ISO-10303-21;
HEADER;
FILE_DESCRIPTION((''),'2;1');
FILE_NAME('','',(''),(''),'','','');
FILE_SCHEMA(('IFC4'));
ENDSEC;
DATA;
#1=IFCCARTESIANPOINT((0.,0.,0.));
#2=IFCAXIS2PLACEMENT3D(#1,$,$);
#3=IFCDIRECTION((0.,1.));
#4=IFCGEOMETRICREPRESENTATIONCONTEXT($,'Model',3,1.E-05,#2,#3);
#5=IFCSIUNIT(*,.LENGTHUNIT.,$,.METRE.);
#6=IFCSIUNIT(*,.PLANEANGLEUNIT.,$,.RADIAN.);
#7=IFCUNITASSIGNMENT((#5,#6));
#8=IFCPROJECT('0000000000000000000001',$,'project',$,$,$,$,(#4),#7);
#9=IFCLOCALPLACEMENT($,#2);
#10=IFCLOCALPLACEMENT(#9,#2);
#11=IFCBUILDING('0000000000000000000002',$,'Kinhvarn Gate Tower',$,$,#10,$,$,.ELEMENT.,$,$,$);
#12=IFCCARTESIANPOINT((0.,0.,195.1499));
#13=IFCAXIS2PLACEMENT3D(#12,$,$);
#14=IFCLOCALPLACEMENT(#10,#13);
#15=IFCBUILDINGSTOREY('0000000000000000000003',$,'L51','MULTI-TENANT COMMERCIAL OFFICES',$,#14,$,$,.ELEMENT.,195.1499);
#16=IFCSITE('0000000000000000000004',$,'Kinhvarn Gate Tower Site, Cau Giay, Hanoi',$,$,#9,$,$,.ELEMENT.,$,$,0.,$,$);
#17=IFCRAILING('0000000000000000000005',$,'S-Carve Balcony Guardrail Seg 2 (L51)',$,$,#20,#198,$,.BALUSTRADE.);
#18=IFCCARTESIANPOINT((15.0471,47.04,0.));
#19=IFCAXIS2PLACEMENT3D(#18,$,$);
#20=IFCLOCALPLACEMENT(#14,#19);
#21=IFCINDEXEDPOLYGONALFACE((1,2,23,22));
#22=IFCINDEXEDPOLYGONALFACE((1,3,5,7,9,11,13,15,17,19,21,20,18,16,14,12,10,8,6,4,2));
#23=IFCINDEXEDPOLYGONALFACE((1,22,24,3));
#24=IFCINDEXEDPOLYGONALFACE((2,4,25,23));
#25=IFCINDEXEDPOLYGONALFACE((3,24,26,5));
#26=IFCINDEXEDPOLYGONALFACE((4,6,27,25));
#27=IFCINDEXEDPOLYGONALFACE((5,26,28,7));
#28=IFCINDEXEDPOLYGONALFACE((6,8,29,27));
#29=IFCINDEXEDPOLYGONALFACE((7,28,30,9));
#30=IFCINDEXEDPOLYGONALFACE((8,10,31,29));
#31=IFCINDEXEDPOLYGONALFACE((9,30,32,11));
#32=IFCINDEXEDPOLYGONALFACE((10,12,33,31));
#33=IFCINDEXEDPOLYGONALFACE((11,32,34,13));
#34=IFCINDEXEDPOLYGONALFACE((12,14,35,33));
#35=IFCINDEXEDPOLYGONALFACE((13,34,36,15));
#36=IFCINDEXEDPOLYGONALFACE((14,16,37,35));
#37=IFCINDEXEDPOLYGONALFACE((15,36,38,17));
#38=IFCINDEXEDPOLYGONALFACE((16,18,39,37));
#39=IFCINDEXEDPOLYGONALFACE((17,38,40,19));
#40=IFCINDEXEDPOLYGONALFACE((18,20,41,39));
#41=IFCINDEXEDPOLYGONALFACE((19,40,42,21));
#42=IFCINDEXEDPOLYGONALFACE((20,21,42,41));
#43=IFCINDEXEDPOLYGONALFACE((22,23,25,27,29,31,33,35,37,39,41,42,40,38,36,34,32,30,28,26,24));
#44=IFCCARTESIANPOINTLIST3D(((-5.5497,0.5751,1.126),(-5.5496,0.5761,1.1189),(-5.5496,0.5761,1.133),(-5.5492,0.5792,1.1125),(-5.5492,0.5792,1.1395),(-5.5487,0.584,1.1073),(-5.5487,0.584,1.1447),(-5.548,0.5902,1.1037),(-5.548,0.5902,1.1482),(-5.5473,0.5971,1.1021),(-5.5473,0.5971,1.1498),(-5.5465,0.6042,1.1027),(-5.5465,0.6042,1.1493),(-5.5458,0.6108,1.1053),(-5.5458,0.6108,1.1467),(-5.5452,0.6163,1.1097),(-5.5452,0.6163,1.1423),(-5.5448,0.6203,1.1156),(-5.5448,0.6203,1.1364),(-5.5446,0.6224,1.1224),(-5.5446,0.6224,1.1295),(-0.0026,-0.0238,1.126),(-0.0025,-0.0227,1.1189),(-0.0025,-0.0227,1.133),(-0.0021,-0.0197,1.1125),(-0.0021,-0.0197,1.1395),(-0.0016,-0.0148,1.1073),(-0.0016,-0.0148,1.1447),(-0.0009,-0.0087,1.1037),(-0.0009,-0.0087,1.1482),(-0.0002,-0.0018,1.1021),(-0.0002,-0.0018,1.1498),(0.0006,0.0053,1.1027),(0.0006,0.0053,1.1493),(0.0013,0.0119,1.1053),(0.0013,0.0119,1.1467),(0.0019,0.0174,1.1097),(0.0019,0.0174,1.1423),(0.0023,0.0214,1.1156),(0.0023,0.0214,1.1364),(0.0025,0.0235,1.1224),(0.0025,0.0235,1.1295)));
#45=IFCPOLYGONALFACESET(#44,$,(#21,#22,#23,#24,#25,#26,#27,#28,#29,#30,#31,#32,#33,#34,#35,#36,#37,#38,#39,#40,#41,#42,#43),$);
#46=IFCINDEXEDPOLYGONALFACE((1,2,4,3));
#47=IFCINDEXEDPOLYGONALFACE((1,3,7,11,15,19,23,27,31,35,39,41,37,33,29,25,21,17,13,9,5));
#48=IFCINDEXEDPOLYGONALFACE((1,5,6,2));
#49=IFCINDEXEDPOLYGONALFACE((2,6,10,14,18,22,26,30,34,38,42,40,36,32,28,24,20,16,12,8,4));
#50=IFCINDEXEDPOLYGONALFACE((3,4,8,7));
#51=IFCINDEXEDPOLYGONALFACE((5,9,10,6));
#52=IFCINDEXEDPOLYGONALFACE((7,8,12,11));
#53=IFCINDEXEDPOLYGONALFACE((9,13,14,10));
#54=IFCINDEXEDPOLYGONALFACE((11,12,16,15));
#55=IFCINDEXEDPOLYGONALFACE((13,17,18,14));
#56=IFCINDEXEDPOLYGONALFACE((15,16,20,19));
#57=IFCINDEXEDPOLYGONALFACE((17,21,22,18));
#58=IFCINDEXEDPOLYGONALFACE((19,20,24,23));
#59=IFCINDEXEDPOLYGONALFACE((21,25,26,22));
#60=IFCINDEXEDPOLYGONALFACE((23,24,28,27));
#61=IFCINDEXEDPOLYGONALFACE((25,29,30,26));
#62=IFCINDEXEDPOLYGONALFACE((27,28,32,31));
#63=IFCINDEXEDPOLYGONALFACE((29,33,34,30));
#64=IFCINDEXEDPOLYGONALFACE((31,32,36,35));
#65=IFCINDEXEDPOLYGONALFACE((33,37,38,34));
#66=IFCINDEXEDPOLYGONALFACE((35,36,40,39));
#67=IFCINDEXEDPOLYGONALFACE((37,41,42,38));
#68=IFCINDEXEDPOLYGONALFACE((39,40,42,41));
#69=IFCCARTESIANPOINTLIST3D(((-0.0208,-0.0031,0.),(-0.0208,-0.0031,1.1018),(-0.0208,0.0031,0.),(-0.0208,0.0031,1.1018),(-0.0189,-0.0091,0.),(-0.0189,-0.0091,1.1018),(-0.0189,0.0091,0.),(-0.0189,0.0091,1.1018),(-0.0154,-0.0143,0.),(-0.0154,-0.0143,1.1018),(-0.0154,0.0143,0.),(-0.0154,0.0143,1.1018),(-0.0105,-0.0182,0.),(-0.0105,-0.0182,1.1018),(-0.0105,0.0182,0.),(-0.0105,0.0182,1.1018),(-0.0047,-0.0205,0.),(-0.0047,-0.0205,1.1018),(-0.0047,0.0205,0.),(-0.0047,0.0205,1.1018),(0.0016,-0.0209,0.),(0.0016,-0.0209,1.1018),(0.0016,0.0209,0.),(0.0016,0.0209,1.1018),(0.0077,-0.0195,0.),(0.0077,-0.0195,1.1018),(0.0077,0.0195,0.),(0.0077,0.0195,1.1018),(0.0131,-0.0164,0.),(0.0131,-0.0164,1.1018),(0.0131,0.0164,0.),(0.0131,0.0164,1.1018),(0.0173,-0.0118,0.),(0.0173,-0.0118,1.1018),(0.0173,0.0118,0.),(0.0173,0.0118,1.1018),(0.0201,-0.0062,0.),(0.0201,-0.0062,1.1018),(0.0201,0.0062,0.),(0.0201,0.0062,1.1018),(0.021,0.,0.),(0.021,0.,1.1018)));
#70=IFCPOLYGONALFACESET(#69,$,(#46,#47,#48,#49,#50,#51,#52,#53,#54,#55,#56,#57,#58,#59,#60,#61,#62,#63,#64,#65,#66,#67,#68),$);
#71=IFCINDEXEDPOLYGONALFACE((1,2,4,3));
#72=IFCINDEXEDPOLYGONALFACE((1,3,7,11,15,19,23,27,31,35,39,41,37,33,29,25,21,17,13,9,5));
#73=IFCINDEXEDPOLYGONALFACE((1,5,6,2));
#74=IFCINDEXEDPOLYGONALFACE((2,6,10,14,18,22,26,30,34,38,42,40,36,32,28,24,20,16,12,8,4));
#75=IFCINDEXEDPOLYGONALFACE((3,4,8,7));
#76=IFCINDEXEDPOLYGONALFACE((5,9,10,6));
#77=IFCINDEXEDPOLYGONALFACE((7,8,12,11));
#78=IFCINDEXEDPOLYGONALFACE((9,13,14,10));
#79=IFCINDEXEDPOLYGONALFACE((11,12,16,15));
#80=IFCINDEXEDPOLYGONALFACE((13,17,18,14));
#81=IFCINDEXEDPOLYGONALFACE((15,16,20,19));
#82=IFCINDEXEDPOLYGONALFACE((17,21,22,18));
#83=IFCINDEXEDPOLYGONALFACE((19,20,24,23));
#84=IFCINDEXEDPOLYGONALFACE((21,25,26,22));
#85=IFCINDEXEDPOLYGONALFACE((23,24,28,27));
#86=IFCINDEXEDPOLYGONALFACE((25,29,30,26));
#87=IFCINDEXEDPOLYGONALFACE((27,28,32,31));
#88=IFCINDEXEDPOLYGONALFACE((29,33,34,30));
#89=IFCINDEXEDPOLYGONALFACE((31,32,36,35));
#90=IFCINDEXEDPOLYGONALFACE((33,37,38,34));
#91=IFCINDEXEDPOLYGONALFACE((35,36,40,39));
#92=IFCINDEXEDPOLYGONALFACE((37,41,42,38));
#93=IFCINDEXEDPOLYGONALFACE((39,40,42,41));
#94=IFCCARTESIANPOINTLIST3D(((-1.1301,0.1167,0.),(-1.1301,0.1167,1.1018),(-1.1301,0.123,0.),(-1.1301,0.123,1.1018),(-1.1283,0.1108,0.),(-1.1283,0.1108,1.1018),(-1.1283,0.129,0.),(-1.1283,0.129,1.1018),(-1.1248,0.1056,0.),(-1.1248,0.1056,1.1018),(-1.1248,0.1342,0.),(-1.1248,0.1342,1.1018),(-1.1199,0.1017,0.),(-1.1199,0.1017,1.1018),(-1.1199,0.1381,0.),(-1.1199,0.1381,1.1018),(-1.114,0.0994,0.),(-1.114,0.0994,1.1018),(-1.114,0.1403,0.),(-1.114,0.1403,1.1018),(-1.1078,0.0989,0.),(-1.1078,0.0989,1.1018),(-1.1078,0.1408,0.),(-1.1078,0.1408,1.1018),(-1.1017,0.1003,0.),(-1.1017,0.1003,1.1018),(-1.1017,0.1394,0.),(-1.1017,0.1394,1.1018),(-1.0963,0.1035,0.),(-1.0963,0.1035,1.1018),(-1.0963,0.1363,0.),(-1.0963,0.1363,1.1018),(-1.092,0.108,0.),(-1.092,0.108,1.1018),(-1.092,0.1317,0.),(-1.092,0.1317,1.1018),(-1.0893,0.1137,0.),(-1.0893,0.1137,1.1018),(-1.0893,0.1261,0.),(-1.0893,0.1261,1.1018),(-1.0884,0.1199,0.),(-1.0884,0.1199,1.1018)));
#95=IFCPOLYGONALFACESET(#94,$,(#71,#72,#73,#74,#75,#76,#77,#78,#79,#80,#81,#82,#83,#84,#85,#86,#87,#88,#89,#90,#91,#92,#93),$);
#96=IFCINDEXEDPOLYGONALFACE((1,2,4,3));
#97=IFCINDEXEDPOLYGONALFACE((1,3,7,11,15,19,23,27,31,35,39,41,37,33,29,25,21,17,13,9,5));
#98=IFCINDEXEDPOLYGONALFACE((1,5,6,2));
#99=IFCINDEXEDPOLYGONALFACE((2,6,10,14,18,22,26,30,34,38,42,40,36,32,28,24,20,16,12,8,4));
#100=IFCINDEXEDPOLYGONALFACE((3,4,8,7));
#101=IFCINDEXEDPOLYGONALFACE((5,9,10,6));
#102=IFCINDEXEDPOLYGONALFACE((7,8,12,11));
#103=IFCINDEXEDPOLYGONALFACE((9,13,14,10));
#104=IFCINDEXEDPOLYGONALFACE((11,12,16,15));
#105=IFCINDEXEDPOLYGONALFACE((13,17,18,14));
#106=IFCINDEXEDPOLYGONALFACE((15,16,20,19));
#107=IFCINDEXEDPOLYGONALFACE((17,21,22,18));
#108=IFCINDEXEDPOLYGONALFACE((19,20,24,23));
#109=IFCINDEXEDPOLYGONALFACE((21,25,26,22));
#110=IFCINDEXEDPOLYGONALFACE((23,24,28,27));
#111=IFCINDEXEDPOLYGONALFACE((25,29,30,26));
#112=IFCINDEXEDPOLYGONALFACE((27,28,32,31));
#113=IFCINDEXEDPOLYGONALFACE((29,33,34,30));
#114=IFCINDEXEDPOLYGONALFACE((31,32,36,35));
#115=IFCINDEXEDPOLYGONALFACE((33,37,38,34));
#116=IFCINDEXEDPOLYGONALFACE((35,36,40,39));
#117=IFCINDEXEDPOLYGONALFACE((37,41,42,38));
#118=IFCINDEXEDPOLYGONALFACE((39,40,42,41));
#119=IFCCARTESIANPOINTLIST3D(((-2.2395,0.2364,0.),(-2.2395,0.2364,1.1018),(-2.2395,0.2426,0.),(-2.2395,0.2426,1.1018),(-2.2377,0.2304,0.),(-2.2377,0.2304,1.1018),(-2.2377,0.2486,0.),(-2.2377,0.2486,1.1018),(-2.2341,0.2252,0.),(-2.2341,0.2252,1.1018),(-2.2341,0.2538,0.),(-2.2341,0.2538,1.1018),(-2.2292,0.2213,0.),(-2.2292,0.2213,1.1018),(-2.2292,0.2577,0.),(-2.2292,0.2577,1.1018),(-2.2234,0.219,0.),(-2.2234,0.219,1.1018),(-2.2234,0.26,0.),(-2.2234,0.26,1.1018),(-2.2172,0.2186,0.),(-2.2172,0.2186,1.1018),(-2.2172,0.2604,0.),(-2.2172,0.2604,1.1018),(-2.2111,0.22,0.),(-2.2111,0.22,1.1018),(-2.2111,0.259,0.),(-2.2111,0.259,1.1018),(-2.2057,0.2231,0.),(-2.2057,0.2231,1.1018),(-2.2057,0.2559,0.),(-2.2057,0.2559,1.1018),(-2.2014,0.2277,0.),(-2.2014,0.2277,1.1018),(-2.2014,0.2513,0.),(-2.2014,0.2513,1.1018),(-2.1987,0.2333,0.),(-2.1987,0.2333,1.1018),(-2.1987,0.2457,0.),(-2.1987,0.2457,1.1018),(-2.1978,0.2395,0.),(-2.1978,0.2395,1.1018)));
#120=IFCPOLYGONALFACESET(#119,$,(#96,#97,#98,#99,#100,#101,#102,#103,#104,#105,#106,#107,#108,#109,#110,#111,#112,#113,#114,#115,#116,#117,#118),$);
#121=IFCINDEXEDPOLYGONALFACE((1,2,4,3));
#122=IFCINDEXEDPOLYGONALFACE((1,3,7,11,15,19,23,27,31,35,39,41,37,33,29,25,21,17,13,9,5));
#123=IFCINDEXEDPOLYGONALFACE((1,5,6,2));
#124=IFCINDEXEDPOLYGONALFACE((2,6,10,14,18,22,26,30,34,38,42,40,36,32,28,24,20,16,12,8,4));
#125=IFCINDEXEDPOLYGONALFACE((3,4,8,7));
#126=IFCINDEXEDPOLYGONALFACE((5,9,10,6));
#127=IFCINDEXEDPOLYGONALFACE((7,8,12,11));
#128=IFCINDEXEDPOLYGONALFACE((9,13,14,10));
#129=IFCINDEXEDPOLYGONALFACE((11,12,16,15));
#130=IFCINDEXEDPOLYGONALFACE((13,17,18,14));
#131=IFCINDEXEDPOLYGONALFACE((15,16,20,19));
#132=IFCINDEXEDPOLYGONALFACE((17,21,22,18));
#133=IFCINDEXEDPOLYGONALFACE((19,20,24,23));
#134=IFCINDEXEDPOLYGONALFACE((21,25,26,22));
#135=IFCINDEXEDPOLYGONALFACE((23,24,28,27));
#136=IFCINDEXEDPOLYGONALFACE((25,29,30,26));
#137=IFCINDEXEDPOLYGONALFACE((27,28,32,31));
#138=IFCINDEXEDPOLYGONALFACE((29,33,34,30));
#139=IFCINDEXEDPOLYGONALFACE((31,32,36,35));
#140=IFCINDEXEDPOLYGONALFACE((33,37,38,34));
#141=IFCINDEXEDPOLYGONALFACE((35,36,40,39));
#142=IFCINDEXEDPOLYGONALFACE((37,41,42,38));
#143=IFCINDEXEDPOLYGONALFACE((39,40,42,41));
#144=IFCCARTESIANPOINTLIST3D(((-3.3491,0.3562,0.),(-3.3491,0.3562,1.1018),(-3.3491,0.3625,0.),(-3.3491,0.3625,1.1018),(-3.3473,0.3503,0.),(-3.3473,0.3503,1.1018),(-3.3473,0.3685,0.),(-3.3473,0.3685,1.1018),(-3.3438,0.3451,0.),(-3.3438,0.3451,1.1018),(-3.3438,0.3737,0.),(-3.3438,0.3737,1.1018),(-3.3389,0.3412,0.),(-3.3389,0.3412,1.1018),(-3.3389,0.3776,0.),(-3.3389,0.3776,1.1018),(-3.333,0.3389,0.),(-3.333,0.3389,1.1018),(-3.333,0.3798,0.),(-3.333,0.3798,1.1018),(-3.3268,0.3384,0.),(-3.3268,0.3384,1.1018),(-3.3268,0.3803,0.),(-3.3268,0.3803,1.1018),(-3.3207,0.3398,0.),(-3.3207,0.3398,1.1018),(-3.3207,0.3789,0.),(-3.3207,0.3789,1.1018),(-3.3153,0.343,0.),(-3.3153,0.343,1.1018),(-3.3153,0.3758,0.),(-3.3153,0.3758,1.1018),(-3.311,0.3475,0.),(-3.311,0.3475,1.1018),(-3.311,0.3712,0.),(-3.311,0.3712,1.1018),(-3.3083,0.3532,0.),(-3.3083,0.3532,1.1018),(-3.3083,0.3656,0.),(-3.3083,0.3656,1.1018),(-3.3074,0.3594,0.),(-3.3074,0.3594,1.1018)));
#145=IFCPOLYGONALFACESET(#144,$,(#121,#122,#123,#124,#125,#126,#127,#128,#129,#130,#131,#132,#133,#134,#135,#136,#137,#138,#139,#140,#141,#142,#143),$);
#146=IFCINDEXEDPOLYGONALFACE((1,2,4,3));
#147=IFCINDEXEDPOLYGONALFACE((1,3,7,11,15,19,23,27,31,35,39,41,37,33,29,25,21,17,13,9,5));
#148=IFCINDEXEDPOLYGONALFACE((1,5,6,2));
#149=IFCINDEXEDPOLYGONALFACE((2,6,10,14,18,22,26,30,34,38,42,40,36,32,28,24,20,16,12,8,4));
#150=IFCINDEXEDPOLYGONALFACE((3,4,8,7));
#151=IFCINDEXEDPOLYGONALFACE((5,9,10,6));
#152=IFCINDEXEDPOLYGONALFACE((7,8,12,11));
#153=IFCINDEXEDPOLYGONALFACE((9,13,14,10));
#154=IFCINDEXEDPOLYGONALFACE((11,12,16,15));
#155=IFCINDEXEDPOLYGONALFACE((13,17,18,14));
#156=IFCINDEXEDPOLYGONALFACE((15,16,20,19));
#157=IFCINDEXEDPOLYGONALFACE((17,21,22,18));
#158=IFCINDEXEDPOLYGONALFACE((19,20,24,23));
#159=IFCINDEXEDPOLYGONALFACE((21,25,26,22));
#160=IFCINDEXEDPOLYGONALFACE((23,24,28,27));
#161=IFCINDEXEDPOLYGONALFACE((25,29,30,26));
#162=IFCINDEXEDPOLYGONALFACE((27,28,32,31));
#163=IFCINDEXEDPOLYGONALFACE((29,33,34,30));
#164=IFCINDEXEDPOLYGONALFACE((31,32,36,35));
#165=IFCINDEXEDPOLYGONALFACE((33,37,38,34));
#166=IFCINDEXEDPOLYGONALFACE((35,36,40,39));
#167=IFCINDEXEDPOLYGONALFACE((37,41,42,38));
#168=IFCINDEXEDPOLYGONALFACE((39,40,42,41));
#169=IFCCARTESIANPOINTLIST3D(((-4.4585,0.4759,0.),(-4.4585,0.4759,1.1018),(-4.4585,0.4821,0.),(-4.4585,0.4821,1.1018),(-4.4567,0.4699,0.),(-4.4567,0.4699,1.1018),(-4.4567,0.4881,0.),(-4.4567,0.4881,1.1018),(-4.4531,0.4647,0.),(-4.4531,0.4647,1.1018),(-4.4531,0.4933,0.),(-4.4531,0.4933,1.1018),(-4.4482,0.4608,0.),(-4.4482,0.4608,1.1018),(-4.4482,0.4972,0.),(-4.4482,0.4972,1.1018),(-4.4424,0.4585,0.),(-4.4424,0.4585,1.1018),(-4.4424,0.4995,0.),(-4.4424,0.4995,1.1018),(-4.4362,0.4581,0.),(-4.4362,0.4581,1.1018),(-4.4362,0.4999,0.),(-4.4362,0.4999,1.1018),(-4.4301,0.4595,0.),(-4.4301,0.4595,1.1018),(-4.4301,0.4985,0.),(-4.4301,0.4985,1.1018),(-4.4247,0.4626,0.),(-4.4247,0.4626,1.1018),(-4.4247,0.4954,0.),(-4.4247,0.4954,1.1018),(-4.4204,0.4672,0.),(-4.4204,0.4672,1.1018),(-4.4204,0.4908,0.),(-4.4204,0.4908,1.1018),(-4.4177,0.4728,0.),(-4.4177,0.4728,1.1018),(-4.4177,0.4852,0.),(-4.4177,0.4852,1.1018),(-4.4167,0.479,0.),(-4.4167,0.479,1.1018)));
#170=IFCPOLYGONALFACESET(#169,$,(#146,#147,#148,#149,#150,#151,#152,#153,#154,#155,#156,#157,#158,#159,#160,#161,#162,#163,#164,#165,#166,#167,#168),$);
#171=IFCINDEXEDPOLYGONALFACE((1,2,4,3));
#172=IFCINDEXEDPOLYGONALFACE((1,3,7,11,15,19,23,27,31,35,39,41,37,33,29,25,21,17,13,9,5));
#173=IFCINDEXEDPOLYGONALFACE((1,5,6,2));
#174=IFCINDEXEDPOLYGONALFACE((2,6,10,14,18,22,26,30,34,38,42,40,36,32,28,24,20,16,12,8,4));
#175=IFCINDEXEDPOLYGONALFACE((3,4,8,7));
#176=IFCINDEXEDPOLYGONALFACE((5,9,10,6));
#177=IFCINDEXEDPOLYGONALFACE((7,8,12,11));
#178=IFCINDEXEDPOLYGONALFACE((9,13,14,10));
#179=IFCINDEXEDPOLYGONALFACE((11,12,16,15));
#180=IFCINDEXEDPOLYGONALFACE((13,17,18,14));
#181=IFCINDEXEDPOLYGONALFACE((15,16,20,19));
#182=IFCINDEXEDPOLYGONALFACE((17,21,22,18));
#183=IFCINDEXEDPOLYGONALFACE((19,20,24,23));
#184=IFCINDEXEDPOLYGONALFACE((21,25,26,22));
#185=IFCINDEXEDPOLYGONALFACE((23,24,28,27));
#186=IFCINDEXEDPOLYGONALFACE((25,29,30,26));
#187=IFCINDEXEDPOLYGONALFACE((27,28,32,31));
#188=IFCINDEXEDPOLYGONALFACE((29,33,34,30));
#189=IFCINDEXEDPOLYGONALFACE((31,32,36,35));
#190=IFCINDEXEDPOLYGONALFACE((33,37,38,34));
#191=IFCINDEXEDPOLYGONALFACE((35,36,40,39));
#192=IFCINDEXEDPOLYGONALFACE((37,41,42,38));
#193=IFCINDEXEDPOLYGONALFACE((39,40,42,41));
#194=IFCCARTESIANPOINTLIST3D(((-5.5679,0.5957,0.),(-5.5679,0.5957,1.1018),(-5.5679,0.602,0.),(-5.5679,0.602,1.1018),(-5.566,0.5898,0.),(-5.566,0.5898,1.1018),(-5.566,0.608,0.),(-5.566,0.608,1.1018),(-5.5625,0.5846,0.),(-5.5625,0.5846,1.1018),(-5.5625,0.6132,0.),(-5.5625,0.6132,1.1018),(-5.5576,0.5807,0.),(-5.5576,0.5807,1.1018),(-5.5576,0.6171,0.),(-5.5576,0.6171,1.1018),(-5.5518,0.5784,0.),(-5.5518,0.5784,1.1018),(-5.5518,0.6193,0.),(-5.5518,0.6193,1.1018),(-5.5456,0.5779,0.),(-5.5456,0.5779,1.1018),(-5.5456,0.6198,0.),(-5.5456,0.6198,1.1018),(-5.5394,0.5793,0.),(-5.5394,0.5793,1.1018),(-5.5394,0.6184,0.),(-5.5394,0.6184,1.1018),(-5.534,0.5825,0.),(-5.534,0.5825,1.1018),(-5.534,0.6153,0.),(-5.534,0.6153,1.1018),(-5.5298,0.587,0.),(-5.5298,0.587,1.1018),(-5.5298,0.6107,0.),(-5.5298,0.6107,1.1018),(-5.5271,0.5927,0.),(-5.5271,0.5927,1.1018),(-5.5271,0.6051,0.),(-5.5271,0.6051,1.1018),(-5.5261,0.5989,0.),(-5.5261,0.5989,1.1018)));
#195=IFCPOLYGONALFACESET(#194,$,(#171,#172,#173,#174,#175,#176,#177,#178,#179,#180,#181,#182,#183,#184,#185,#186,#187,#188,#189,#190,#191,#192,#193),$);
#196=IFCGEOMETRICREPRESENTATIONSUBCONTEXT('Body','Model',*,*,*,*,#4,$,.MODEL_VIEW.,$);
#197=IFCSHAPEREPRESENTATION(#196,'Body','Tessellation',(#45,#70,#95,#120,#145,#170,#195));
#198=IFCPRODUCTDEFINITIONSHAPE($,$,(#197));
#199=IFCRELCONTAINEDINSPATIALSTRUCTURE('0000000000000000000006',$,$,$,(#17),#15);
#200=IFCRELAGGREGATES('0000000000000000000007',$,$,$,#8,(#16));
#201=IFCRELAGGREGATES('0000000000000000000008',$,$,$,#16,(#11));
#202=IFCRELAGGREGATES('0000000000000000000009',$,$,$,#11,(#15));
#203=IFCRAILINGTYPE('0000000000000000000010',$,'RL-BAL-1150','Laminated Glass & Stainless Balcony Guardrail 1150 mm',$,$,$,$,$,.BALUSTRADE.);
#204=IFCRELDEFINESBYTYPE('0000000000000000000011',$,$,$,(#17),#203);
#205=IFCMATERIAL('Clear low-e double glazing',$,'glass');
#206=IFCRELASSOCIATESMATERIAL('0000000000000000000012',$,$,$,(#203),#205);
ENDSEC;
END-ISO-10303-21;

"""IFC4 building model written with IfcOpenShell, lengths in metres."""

from ifc_helpers import new_model, si_unit, direction, frame, origin, origin_2d, place, context, subcontext, project, spatial, circle, extrude, material, type_object, element, save


model = new_model("IFC4")

# Units and contexts
model_context = context("Model", 3, precision=1e-05, world=origin(), true_north=direction((0.0, 1.0)))
body_context = subcontext(model_context, "Body", "Model", "MODEL_VIEW")
ifc_project = project(units=[si_unit("LENGTHUNIT", "METRE"), si_unit("PLANEANGLEUNIT", "RADIAN")], contexts=[model_context])

# Site, building, storey
site_placement = place(None, origin())
site = spatial("IfcSite", under=ifc_project, at=site_placement, Name="Kinhvarn Gate Tower Site, Cau Giay, Hanoi", CompositionType="ELEMENT", RefElevation=0.0)
building_placement = place(site_placement, origin())
building = spatial("IfcBuilding", under=site, at=building_placement, Name="Kinhvarn Gate Tower", CompositionType="ELEMENT")
storey_placement = place(building_placement, frame((0.0, 0.0, 195.1499)))
storey = spatial("IfcBuildingStorey", under=building, at=storey_placement, Name="L51", Description="MULTI-TENANT COMMERCIAL OFFICES", CompositionType="ELEMENT", Elevation=195.1499)

# Shared definitions
ifc_material_1 = material(Name="Clear low-e double glazing", Category="glass")

# Railing
railing_type_1 = type_object("IfcRailingType", Name="RL-BAL-1150", Description="Laminated Glass & Stainless Balcony Guardrail 1150 mm", PredefinedType="BALUSTRADE", material=ifc_material_1)
railing_1_placement = place(storey_placement, frame((15.0471, 47.04, 0.0)))
element("IfcRailing", 1, at=railing_1_placement, inside=storey, type_object=railing_type_1, Name="S-Carve Balcony Guardrail Seg 2 (L51)", PredefinedType="BALUSTRADE", context=body_context, shape_type="SweptSolid", body=[
    extrude(circle(Radius=0.0239, at=origin_2d()), frame((0.0, 0.0, 1.126), z_axis=(-0.994223, 0.107338, 0.0), x_axis=(-0.107338, -0.994223, 0.0)), (0.0, 0.0, 1.0), 5.5793),
    extrude(circle(Radius=0.021, at=origin_2d()), origin(), (0.0, 0.0, 1.0), 1.1018),
    extrude(circle(Radius=0.021, at=origin_2d()), frame((-1.1094, 0.1199, 0.0)), (0.0, 0.0, 1.0), 1.1018),
    extrude(circle(Radius=0.021, at=origin_2d()), frame((-2.2188, 0.2395, 0.0)), (0.0, 0.0, 1.0), 1.1018),
    extrude(circle(Radius=0.021, at=origin_2d()), frame((-3.3284, 0.3594, 0.0)), (0.0, 0.0, 1.0), 1.1018),
    extrude(circle(Radius=0.021, at=origin_2d()), frame((-4.4377, 0.479, 0.0)), (0.0, 0.0, 1.0), 1.1018),
    extrude(circle(Radius=0.021, at=origin_2d()), frame((-5.5471, 0.5989, 0.0)), (0.0, 0.0, 1.0), 1.1018),
])

save(model, "model.ifc")
